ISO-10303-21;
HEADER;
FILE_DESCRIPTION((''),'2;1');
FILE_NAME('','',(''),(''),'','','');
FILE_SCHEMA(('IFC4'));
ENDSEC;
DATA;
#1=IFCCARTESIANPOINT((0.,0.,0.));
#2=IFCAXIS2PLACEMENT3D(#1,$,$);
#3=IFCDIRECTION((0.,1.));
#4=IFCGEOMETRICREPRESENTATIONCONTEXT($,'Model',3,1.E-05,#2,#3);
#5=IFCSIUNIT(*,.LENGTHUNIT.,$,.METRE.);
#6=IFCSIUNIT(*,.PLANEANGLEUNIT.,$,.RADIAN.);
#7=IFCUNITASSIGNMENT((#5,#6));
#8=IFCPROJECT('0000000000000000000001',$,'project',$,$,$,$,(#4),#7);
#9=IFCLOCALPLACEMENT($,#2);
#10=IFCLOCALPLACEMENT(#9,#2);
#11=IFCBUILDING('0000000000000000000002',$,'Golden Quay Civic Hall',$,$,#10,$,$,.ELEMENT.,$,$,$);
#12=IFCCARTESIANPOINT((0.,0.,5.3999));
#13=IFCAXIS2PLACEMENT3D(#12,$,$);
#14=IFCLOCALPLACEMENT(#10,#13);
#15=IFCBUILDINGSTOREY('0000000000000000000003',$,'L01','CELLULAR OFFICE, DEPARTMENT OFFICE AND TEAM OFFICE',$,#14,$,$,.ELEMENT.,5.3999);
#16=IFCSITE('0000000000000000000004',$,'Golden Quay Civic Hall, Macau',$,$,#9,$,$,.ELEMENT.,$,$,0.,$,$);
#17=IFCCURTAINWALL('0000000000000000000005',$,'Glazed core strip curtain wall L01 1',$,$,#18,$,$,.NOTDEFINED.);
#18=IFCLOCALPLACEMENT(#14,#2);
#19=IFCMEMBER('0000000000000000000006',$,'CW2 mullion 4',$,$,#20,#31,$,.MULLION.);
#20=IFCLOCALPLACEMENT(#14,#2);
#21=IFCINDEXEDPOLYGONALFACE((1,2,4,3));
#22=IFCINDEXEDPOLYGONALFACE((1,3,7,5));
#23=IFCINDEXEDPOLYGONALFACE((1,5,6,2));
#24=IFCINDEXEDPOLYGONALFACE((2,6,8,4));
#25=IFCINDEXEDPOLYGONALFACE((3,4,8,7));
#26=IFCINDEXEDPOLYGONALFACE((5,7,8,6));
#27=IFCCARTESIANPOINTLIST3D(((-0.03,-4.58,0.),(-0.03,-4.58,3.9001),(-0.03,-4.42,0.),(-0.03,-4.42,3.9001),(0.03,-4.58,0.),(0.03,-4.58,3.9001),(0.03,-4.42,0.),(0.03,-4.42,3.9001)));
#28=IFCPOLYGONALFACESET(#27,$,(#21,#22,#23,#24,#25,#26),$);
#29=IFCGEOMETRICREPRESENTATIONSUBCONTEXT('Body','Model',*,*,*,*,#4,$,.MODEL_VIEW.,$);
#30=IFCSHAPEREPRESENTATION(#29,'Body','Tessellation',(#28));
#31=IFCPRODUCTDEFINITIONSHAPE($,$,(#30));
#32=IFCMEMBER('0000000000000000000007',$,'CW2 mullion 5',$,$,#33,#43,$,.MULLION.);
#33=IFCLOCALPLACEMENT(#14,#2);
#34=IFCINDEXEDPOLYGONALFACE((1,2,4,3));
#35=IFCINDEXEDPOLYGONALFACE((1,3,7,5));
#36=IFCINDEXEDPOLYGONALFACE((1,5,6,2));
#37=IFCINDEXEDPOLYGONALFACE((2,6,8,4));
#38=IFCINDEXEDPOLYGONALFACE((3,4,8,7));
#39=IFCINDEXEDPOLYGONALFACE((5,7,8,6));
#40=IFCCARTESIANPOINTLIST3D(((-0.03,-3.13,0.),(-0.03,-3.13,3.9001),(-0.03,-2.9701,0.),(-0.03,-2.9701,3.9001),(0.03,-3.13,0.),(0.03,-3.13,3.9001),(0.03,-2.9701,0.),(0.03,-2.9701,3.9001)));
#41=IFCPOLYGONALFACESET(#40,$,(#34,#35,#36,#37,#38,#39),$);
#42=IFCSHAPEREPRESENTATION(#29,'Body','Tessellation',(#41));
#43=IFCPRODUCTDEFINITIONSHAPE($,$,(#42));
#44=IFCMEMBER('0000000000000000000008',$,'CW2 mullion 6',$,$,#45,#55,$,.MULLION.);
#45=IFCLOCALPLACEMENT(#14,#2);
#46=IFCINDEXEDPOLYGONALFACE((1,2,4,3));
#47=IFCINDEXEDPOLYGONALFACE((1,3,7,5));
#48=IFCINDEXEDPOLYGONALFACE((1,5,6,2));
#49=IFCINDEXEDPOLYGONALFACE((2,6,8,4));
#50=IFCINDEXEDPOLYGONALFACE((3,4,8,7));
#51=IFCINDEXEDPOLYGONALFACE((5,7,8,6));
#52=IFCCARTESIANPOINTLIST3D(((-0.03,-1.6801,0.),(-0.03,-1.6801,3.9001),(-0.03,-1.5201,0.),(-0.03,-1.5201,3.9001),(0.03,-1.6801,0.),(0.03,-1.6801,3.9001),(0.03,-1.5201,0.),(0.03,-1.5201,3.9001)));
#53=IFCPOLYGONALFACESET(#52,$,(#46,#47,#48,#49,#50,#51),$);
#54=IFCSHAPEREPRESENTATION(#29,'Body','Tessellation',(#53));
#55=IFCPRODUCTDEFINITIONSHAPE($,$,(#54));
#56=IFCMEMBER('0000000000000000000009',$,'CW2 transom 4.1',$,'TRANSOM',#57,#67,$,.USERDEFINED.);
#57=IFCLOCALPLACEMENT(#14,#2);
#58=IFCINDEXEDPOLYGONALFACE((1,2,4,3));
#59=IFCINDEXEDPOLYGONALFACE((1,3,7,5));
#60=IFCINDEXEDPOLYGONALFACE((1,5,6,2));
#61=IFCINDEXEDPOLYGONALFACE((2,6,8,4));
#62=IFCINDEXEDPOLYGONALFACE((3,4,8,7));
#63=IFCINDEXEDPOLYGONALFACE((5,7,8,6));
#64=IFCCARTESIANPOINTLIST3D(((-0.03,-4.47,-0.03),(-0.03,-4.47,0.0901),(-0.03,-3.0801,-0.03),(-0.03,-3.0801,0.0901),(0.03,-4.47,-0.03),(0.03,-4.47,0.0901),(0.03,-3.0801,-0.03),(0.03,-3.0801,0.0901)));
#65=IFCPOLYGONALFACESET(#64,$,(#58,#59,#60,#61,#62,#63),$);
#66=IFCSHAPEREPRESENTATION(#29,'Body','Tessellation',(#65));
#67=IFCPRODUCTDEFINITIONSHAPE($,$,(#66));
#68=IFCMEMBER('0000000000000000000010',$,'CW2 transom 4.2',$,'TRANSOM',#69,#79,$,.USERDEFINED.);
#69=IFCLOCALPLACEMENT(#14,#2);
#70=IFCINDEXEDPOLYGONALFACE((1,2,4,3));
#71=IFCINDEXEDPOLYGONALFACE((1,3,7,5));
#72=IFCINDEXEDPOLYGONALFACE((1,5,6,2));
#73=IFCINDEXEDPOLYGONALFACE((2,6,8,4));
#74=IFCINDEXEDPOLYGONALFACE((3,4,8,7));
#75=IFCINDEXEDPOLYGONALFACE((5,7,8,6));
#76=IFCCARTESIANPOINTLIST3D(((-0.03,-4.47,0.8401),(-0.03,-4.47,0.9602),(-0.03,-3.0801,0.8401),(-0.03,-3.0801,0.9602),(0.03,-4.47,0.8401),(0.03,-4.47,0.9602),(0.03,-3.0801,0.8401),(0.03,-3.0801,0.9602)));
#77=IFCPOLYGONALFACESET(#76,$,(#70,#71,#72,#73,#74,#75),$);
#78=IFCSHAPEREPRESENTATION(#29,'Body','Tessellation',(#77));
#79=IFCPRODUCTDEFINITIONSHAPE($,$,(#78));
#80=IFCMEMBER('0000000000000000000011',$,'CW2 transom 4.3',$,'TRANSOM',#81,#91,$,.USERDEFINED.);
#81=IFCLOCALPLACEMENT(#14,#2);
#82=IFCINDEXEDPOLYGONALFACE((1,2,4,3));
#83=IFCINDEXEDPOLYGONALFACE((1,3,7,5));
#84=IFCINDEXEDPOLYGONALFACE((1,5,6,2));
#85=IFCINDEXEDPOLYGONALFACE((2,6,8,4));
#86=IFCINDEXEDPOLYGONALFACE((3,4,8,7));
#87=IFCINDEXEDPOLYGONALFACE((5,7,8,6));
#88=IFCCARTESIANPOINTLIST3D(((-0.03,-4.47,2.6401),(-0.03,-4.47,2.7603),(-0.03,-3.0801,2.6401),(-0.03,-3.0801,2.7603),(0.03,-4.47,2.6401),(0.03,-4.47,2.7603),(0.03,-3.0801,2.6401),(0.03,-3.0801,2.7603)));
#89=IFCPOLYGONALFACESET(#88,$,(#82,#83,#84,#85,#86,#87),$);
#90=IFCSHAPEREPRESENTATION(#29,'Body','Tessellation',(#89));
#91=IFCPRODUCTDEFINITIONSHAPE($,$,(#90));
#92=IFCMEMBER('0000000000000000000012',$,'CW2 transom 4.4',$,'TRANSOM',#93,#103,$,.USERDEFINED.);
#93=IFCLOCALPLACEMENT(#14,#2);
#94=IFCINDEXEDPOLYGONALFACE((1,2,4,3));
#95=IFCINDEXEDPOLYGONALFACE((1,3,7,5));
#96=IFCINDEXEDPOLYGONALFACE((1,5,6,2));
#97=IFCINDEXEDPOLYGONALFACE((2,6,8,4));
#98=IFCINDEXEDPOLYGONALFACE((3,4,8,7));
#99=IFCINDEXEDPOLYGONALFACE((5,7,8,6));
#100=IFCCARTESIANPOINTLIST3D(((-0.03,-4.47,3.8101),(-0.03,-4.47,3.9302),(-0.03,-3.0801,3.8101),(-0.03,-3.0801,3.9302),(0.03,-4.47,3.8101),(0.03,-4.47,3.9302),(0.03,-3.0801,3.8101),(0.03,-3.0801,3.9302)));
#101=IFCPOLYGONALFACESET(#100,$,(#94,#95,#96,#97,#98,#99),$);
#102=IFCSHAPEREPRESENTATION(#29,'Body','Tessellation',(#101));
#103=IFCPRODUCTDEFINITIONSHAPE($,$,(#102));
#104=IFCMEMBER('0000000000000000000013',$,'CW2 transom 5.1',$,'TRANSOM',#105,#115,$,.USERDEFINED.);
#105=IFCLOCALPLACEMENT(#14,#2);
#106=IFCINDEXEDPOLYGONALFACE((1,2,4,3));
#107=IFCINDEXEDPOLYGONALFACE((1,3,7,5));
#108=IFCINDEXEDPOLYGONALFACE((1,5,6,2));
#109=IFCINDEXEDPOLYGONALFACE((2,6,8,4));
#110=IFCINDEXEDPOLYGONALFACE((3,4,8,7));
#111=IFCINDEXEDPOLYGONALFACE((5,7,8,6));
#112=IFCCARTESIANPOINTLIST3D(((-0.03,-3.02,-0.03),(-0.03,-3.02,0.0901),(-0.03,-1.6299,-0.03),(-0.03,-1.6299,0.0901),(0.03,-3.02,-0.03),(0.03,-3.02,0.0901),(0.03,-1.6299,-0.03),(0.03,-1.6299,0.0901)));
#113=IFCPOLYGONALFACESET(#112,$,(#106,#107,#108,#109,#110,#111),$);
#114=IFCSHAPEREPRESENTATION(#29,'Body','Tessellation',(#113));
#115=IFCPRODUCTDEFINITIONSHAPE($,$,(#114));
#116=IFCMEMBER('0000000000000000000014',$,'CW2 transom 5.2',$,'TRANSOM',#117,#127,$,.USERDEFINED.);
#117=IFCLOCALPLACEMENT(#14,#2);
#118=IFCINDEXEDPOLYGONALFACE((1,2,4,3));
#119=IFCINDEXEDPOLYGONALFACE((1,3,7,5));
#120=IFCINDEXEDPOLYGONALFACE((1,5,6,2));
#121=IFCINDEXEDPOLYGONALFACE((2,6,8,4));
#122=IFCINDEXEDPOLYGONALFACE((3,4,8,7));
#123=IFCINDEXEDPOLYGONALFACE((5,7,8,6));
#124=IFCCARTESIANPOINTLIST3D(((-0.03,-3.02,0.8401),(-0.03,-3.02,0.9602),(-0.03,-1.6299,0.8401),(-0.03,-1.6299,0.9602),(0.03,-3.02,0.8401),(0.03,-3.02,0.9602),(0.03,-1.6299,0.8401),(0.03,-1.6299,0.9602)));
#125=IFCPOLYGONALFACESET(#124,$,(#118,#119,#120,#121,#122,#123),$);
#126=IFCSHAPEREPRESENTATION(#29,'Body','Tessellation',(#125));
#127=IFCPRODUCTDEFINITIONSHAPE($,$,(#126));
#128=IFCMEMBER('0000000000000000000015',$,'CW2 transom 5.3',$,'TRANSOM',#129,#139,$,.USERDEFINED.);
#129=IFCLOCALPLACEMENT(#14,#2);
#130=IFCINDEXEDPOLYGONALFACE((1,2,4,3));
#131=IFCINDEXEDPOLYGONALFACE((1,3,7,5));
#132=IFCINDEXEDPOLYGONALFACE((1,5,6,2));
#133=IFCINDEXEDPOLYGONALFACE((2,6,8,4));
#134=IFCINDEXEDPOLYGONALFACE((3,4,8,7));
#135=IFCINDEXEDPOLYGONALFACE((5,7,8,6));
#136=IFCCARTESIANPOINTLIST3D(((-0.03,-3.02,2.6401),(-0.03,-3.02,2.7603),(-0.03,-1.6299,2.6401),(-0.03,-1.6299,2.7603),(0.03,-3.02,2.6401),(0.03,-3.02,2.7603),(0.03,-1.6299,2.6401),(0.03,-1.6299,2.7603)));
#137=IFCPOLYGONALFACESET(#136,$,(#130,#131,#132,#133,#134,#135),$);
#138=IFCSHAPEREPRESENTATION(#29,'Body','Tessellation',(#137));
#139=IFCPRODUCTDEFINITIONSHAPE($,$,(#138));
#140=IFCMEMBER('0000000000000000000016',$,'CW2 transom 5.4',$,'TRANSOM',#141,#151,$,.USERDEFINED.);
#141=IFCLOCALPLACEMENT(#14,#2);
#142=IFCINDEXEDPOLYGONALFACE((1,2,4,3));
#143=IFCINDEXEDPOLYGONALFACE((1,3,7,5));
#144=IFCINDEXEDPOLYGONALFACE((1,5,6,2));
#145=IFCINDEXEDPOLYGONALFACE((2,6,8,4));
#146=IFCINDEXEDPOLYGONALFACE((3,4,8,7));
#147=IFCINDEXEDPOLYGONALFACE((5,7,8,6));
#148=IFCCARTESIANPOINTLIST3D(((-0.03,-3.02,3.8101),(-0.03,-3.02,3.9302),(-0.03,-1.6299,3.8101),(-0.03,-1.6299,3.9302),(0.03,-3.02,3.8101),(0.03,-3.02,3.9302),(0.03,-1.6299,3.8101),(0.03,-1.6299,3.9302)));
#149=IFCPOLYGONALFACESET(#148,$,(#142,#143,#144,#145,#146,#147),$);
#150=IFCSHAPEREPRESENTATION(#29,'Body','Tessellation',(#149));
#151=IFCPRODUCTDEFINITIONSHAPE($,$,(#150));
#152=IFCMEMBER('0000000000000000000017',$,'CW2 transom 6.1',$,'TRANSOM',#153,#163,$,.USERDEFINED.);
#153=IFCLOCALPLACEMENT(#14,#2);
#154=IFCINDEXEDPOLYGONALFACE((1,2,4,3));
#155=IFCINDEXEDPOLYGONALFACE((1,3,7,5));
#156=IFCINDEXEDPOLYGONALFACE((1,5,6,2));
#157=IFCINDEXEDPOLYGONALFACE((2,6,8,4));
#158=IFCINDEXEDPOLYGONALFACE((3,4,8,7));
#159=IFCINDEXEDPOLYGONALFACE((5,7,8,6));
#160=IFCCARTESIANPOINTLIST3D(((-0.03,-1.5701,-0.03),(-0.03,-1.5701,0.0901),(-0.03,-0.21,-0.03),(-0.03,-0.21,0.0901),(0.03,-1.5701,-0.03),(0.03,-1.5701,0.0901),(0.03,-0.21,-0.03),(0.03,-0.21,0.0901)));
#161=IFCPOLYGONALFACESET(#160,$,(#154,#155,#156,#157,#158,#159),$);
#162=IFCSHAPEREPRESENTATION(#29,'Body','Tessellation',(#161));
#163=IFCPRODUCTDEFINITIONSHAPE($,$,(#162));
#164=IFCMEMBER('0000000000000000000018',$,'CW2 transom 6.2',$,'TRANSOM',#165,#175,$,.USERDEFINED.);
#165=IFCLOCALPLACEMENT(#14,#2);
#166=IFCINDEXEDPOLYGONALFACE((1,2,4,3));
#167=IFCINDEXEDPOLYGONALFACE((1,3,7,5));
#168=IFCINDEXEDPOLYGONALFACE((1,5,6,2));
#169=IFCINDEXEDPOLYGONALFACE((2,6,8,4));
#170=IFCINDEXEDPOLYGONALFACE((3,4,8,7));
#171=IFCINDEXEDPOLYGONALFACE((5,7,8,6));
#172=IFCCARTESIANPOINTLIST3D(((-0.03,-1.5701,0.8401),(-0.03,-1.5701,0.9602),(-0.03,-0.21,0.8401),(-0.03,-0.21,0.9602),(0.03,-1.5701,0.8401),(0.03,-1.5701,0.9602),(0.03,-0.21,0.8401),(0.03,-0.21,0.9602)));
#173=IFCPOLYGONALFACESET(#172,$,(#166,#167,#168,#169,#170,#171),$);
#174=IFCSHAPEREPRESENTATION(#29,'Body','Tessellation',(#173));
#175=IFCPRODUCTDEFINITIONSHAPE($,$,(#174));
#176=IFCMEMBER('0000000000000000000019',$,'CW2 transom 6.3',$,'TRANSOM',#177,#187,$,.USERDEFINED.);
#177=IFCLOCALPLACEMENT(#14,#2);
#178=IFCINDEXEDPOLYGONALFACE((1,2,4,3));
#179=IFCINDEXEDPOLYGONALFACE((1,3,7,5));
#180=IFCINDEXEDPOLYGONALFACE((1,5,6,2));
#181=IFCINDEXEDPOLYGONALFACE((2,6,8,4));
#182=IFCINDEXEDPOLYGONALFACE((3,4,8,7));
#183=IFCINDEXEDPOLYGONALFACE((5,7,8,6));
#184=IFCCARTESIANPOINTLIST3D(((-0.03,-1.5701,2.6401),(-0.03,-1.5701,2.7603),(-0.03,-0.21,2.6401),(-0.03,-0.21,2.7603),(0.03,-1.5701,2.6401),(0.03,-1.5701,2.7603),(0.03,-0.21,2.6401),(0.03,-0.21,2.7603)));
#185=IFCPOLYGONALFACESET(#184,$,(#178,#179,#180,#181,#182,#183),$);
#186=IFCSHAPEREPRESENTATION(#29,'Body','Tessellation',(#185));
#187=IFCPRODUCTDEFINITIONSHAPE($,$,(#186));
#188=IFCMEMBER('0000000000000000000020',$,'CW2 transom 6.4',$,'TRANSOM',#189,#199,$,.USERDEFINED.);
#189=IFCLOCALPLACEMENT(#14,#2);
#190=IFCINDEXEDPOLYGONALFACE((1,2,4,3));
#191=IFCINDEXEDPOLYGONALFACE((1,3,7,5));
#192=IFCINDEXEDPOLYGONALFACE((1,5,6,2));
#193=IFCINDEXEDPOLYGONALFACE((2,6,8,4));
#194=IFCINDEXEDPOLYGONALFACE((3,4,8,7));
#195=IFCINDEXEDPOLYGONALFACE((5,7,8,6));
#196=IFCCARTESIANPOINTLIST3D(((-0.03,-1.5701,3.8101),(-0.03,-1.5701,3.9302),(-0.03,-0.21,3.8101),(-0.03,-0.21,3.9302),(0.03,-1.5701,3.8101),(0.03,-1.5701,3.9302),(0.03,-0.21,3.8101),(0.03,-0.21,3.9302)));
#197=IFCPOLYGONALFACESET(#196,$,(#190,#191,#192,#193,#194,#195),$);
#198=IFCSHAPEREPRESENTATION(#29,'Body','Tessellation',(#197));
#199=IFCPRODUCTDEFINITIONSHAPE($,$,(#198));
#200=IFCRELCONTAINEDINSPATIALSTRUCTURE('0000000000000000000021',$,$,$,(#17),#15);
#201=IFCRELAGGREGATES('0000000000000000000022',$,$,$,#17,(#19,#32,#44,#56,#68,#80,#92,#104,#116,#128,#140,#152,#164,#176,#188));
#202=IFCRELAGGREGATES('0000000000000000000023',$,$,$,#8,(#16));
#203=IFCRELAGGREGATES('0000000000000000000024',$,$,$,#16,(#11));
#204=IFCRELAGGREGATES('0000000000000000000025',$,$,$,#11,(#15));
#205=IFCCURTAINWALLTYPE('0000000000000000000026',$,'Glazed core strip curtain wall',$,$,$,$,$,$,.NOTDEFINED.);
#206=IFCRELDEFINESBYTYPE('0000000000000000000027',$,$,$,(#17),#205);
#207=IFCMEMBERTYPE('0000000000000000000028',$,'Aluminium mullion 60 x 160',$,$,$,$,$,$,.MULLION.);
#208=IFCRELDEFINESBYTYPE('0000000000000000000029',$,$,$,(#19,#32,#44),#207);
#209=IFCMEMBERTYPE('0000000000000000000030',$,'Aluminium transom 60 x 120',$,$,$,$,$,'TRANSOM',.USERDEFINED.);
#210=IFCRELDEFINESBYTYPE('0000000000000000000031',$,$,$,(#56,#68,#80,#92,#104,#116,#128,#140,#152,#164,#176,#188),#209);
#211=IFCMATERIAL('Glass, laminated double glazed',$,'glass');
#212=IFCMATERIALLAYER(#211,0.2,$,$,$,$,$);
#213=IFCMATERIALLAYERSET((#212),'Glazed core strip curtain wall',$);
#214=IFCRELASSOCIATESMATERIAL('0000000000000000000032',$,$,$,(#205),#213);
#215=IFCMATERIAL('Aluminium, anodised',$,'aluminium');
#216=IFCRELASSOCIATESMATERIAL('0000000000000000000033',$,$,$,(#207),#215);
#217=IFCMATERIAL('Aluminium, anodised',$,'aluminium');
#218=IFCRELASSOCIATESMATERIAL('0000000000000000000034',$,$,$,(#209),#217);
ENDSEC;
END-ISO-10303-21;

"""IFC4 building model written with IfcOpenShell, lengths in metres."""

from ifc_helpers import new_model, si_unit, direction, frame, origin, origin_2d, place, context, subcontext, project, spatial, rectangle, extrude, material, layer, layer_set, material_profile, profile_set, type_object, element, aggregate, save


model = new_model("IFC4")

# Units and contexts
model_context = context("Model", 3, precision=1e-05, world=origin(), true_north=direction((0.0, 1.0)))
body_context = subcontext(model_context, "Body", "Model", "MODEL_VIEW")
ifc_project = project(units=[si_unit("LENGTHUNIT", "METRE"), si_unit("PLANEANGLEUNIT", "RADIAN")], contexts=[model_context])

# Site, building, storey
site_placement = place(None, origin())
site = spatial("IfcSite", under=ifc_project, at=site_placement, Name="Golden Quay Civic Hall, Macau", CompositionType="ELEMENT", RefElevation=0.0)
building_placement = place(site_placement, origin())
building = spatial("IfcBuilding", under=site, at=building_placement, Name="Golden Quay Civic Hall", CompositionType="ELEMENT")
storey_placement = place(building_placement, frame((0.0, 0.0, 5.3999)))
storey = spatial("IfcBuildingStorey", under=building, at=storey_placement, Name="L01", Description="CELLULAR OFFICE, DEPARTMENT OFFICE AND TEAM OFFICE", CompositionType="ELEMENT", Elevation=5.3999)

# Curtain wall, members
ifc_material_1 = material(Name="Glass, laminated double glazed", Category="glass")
ifc_layer_1 = layer(ifc_material_1, 0.2)
ifc_layer_set_1 = layer_set([ifc_layer_1], Name="Glazed core strip curtain wall")
curtain_wall_type = type_object("IfcCurtainWallType", Name="Glazed core strip curtain wall", PredefinedType="NOTDEFINED", material=ifc_layer_set_1)
curtain_wall_placement = place(storey_placement, origin())
curtain_wall = element("IfcCurtainWall", 1, at=curtain_wall_placement, inside=storey, type_object=curtain_wall_type, Name="Glazed core strip curtain wall L01 1", PredefinedType="NOTDEFINED")
ifc_material_2 = material(Name="Aluminium, anodised", Category="aluminium")
ifc_material_profile_1 = material_profile(ifc_material_2, rectangle(XDim=0.0601, YDim=0.1599, at=origin_2d()), Name="Aluminium 60 x 160")
ifc_profile_set_1 = profile_set([ifc_material_profile_1], Name="Aluminium, anodised")
member_type_1 = type_object("IfcMemberType", Name="Aluminium mullion 60 x 160", PredefinedType="MULLION", material=ifc_profile_set_1)
member_1_placement = place(storey_placement, frame((0.0, -4.5, 0.0), z_axis=(0.0, 0.0, 1.0), x_axis=(-1.0, 0.0, 0.0)))
member_1 = element("IfcMember", 2, at=member_1_placement, type_object=member_type_1, Name="CW2 mullion 4", PredefinedType="MULLION", context=body_context, shape_type="SweptSolid", body=[
    extrude(rectangle(XDim=0.0601, YDim=0.1599, at=origin_2d()), origin(), (0.0, 0.0, 1.0), 3.9001),
])
member_2_placement = place(storey_placement, frame((0.0, -3.05, 0.0), z_axis=(0.0, 0.0, 1.0), x_axis=(-1.0, 0.0, 0.0)))
member_2 = element("IfcMember", 3, at=member_2_placement, type_object=member_type_1, Name="CW2 mullion 5", PredefinedType="MULLION", context=body_context, shape_type="SweptSolid", body=[
    extrude(rectangle(XDim=0.0601, YDim=0.1599, at=origin_2d()), origin(), (0.0, 0.0, 1.0), 3.9001),
])
member_3_placement = place(storey_placement, frame((0.0, -1.6001, 0.0), z_axis=(0.0, 0.0, 1.0), x_axis=(-1.0, 0.0, 0.0)))
member_3 = element("IfcMember", 4, at=member_3_placement, type_object=member_type_1, Name="CW2 mullion 6", PredefinedType="MULLION", context=body_context, shape_type="SweptSolid", body=[
    extrude(rectangle(XDim=0.0601, YDim=0.1599, at=origin_2d()), origin(), (0.0, 0.0, 1.0), 3.9001),
])
ifc_material_3 = material(Name="Aluminium, anodised", Category="aluminium")
ifc_material_profile_2 = material_profile(ifc_material_3, rectangle(XDim=0.0601, YDim=0.1201, at=origin_2d()), Name="Aluminium 60 x 120")
ifc_profile_set_2 = profile_set([ifc_material_profile_2], Name="Aluminium, anodised")
member_type_2 = type_object("IfcMemberType", Name="Aluminium transom 60 x 120", ElementType="TRANSOM", PredefinedType="USERDEFINED", material=ifc_profile_set_2)
member_4_placement = place(storey_placement, frame((0.0, -4.47, 0.03), z_axis=(0.0, 1.0, 0.0), x_axis=(-1.0, 0.0, 0.0)))
member_4 = element("IfcMember", 5, at=member_4_placement, type_object=member_type_2, Name="CW2 transom 4.1", ObjectType="TRANSOM", PredefinedType="USERDEFINED", context=body_context, shape_type="SweptSolid", body=[
    extrude(rectangle(XDim=0.0601, YDim=0.1201, at=origin_2d()), origin(), (0.0, 0.0, 1.0), 1.3899),
])
member_5_placement = place(storey_placement, frame((0.0, -4.47, 0.9001), z_axis=(0.0, 1.0, 0.0), x_axis=(-1.0, 0.0, 0.0)))
member_5 = element("IfcMember", 6, at=member_5_placement, type_object=member_type_2, Name="CW2 transom 4.2", ObjectType="TRANSOM", PredefinedType="USERDEFINED", context=body_context, shape_type="SweptSolid", body=[
    extrude(rectangle(XDim=0.0601, YDim=0.1201, at=origin_2d()), origin(), (0.0, 0.0, 1.0), 1.3899),
])
member_6_placement = place(storey_placement, frame((0.0, -4.47, 2.7002), z_axis=(0.0, 1.0, 0.0), x_axis=(-1.0, 0.0, 0.0)))
member_6 = element("IfcMember", 7, at=member_6_placement, type_object=member_type_2, Name="CW2 transom 4.3", ObjectType="TRANSOM", PredefinedType="USERDEFINED", context=body_context, shape_type="SweptSolid", body=[
    extrude(rectangle(XDim=0.0601, YDim=0.1201, at=origin_2d()), origin(), (0.0, 0.0, 1.0), 1.3899),
])
member_7_placement = place(storey_placement, frame((0.0, -4.47, 3.8701), z_axis=(0.0, 1.0, 0.0), x_axis=(-1.0, 0.0, 0.0)))
member_7 = element("IfcMember", 8, at=member_7_placement, type_object=member_type_2, Name="CW2 transom 4.4", ObjectType="TRANSOM", PredefinedType="USERDEFINED", context=body_context, shape_type="SweptSolid", body=[
    extrude(rectangle(XDim=0.0601, YDim=0.1201, at=origin_2d()), origin(), (0.0, 0.0, 1.0), 1.3899),
])
member_8_placement = place(storey_placement, frame((0.0, -3.02, 0.03), z_axis=(0.0, 1.0, 0.0), x_axis=(-1.0, 0.0, 0.0)))
member_8 = element("IfcMember", 9, at=member_8_placement, type_object=member_type_2, Name="CW2 transom 5.1", ObjectType="TRANSOM", PredefinedType="USERDEFINED", context=body_context, shape_type="SweptSolid", body=[
    extrude(rectangle(XDim=0.0601, YDim=0.1201, at=origin_2d()), origin(), (0.0, 0.0, 1.0), 1.3901),
])
member_9_placement = place(storey_placement, frame((0.0, -3.02, 0.9001), z_axis=(0.0, 1.0, 0.0), x_axis=(-1.0, 0.0, 0.0)))
member_9 = element("IfcMember", 10, at=member_9_placement, type_object=member_type_2, Name="CW2 transom 5.2", ObjectType="TRANSOM", PredefinedType="USERDEFINED", context=body_context, shape_type="SweptSolid", body=[
    extrude(rectangle(XDim=0.0601, YDim=0.1201, at=origin_2d()), origin(), (0.0, 0.0, 1.0), 1.3901),
])
member_10_placement = place(storey_placement, frame((0.0, -3.02, 2.7002), z_axis=(0.0, 1.0, 0.0), x_axis=(-1.0, 0.0, 0.0)))
member_10 = element("IfcMember", 11, at=member_10_placement, type_object=member_type_2, Name="CW2 transom 5.3", ObjectType="TRANSOM", PredefinedType="USERDEFINED", context=body_context, shape_type="SweptSolid", body=[
    extrude(rectangle(XDim=0.0601, YDim=0.1201, at=origin_2d()), origin(), (0.0, 0.0, 1.0), 1.3901),
])
member_11_placement = place(storey_placement, frame((0.0, -3.02, 3.8701), z_axis=(0.0, 1.0, 0.0), x_axis=(-1.0, 0.0, 0.0)))
member_11 = element("IfcMember", 12, at=member_11_placement, type_object=member_type_2, Name="CW2 transom 5.4", ObjectType="TRANSOM", PredefinedType="USERDEFINED", context=body_context, shape_type="SweptSolid", body=[
    extrude(rectangle(XDim=0.0601, YDim=0.1201, at=origin_2d()), origin(), (0.0, 0.0, 1.0), 1.3901),
])
member_12_placement = place(storey_placement, frame((0.0, -1.5701, 0.03), z_axis=(0.0, 1.0, 0.0), x_axis=(-1.0, 0.0, 0.0)))
member_12 = element("IfcMember", 13, at=member_12_placement, type_object=member_type_2, Name="CW2 transom 6.1", ObjectType="TRANSOM", PredefinedType="USERDEFINED", context=body_context, shape_type="SweptSolid", body=[
    extrude(rectangle(XDim=0.0601, YDim=0.1201, at=origin_2d()), origin(), (0.0, 0.0, 1.0), 1.3601),
])
member_13_placement = place(storey_placement, frame((0.0, -1.5701, 0.9001), z_axis=(0.0, 1.0, 0.0), x_axis=(-1.0, 0.0, 0.0)))
member_13 = element("IfcMember", 14, at=member_13_placement, type_object=member_type_2, Name="CW2 transom 6.2", ObjectType="TRANSOM", PredefinedType="USERDEFINED", context=body_context, shape_type="SweptSolid", body=[
    extrude(rectangle(XDim=0.0601, YDim=0.1201, at=origin_2d()), origin(), (0.0, 0.0, 1.0), 1.3601),
])
member_14_placement = place(storey_placement, frame((0.0, -1.5701, 2.7002), z_axis=(0.0, 1.0, 0.0), x_axis=(-1.0, 0.0, 0.0)))
member_14 = element("IfcMember", 15, at=member_14_placement, type_object=member_type_2, Name="CW2 transom 6.3", ObjectType="TRANSOM", PredefinedType="USERDEFINED", context=body_context, shape_type="SweptSolid", body=[
    extrude(rectangle(XDim=0.0601, YDim=0.1201, at=origin_2d()), origin(), (0.0, 0.0, 1.0), 1.3601),
])
member_15_placement = place(storey_placement, frame((0.0, -1.5701, 3.8701), z_axis=(0.0, 1.0, 0.0), x_axis=(-1.0, 0.0, 0.0)))
member_15 = element("IfcMember", 16, at=member_15_placement, type_object=member_type_2, Name="CW2 transom 6.4", ObjectType="TRANSOM", PredefinedType="USERDEFINED", context=body_context, shape_type="SweptSolid", body=[
    extrude(rectangle(XDim=0.0601, YDim=0.1201, at=origin_2d()), origin(), (0.0, 0.0, 1.0), 1.3601),
])
aggregate(curtain_wall, [member_1, member_2, member_3, member_4, member_5, member_6, member_7, member_8, member_9, member_10, member_11, member_12, member_13, member_14, member_15])

save(model, "model.ifc")
